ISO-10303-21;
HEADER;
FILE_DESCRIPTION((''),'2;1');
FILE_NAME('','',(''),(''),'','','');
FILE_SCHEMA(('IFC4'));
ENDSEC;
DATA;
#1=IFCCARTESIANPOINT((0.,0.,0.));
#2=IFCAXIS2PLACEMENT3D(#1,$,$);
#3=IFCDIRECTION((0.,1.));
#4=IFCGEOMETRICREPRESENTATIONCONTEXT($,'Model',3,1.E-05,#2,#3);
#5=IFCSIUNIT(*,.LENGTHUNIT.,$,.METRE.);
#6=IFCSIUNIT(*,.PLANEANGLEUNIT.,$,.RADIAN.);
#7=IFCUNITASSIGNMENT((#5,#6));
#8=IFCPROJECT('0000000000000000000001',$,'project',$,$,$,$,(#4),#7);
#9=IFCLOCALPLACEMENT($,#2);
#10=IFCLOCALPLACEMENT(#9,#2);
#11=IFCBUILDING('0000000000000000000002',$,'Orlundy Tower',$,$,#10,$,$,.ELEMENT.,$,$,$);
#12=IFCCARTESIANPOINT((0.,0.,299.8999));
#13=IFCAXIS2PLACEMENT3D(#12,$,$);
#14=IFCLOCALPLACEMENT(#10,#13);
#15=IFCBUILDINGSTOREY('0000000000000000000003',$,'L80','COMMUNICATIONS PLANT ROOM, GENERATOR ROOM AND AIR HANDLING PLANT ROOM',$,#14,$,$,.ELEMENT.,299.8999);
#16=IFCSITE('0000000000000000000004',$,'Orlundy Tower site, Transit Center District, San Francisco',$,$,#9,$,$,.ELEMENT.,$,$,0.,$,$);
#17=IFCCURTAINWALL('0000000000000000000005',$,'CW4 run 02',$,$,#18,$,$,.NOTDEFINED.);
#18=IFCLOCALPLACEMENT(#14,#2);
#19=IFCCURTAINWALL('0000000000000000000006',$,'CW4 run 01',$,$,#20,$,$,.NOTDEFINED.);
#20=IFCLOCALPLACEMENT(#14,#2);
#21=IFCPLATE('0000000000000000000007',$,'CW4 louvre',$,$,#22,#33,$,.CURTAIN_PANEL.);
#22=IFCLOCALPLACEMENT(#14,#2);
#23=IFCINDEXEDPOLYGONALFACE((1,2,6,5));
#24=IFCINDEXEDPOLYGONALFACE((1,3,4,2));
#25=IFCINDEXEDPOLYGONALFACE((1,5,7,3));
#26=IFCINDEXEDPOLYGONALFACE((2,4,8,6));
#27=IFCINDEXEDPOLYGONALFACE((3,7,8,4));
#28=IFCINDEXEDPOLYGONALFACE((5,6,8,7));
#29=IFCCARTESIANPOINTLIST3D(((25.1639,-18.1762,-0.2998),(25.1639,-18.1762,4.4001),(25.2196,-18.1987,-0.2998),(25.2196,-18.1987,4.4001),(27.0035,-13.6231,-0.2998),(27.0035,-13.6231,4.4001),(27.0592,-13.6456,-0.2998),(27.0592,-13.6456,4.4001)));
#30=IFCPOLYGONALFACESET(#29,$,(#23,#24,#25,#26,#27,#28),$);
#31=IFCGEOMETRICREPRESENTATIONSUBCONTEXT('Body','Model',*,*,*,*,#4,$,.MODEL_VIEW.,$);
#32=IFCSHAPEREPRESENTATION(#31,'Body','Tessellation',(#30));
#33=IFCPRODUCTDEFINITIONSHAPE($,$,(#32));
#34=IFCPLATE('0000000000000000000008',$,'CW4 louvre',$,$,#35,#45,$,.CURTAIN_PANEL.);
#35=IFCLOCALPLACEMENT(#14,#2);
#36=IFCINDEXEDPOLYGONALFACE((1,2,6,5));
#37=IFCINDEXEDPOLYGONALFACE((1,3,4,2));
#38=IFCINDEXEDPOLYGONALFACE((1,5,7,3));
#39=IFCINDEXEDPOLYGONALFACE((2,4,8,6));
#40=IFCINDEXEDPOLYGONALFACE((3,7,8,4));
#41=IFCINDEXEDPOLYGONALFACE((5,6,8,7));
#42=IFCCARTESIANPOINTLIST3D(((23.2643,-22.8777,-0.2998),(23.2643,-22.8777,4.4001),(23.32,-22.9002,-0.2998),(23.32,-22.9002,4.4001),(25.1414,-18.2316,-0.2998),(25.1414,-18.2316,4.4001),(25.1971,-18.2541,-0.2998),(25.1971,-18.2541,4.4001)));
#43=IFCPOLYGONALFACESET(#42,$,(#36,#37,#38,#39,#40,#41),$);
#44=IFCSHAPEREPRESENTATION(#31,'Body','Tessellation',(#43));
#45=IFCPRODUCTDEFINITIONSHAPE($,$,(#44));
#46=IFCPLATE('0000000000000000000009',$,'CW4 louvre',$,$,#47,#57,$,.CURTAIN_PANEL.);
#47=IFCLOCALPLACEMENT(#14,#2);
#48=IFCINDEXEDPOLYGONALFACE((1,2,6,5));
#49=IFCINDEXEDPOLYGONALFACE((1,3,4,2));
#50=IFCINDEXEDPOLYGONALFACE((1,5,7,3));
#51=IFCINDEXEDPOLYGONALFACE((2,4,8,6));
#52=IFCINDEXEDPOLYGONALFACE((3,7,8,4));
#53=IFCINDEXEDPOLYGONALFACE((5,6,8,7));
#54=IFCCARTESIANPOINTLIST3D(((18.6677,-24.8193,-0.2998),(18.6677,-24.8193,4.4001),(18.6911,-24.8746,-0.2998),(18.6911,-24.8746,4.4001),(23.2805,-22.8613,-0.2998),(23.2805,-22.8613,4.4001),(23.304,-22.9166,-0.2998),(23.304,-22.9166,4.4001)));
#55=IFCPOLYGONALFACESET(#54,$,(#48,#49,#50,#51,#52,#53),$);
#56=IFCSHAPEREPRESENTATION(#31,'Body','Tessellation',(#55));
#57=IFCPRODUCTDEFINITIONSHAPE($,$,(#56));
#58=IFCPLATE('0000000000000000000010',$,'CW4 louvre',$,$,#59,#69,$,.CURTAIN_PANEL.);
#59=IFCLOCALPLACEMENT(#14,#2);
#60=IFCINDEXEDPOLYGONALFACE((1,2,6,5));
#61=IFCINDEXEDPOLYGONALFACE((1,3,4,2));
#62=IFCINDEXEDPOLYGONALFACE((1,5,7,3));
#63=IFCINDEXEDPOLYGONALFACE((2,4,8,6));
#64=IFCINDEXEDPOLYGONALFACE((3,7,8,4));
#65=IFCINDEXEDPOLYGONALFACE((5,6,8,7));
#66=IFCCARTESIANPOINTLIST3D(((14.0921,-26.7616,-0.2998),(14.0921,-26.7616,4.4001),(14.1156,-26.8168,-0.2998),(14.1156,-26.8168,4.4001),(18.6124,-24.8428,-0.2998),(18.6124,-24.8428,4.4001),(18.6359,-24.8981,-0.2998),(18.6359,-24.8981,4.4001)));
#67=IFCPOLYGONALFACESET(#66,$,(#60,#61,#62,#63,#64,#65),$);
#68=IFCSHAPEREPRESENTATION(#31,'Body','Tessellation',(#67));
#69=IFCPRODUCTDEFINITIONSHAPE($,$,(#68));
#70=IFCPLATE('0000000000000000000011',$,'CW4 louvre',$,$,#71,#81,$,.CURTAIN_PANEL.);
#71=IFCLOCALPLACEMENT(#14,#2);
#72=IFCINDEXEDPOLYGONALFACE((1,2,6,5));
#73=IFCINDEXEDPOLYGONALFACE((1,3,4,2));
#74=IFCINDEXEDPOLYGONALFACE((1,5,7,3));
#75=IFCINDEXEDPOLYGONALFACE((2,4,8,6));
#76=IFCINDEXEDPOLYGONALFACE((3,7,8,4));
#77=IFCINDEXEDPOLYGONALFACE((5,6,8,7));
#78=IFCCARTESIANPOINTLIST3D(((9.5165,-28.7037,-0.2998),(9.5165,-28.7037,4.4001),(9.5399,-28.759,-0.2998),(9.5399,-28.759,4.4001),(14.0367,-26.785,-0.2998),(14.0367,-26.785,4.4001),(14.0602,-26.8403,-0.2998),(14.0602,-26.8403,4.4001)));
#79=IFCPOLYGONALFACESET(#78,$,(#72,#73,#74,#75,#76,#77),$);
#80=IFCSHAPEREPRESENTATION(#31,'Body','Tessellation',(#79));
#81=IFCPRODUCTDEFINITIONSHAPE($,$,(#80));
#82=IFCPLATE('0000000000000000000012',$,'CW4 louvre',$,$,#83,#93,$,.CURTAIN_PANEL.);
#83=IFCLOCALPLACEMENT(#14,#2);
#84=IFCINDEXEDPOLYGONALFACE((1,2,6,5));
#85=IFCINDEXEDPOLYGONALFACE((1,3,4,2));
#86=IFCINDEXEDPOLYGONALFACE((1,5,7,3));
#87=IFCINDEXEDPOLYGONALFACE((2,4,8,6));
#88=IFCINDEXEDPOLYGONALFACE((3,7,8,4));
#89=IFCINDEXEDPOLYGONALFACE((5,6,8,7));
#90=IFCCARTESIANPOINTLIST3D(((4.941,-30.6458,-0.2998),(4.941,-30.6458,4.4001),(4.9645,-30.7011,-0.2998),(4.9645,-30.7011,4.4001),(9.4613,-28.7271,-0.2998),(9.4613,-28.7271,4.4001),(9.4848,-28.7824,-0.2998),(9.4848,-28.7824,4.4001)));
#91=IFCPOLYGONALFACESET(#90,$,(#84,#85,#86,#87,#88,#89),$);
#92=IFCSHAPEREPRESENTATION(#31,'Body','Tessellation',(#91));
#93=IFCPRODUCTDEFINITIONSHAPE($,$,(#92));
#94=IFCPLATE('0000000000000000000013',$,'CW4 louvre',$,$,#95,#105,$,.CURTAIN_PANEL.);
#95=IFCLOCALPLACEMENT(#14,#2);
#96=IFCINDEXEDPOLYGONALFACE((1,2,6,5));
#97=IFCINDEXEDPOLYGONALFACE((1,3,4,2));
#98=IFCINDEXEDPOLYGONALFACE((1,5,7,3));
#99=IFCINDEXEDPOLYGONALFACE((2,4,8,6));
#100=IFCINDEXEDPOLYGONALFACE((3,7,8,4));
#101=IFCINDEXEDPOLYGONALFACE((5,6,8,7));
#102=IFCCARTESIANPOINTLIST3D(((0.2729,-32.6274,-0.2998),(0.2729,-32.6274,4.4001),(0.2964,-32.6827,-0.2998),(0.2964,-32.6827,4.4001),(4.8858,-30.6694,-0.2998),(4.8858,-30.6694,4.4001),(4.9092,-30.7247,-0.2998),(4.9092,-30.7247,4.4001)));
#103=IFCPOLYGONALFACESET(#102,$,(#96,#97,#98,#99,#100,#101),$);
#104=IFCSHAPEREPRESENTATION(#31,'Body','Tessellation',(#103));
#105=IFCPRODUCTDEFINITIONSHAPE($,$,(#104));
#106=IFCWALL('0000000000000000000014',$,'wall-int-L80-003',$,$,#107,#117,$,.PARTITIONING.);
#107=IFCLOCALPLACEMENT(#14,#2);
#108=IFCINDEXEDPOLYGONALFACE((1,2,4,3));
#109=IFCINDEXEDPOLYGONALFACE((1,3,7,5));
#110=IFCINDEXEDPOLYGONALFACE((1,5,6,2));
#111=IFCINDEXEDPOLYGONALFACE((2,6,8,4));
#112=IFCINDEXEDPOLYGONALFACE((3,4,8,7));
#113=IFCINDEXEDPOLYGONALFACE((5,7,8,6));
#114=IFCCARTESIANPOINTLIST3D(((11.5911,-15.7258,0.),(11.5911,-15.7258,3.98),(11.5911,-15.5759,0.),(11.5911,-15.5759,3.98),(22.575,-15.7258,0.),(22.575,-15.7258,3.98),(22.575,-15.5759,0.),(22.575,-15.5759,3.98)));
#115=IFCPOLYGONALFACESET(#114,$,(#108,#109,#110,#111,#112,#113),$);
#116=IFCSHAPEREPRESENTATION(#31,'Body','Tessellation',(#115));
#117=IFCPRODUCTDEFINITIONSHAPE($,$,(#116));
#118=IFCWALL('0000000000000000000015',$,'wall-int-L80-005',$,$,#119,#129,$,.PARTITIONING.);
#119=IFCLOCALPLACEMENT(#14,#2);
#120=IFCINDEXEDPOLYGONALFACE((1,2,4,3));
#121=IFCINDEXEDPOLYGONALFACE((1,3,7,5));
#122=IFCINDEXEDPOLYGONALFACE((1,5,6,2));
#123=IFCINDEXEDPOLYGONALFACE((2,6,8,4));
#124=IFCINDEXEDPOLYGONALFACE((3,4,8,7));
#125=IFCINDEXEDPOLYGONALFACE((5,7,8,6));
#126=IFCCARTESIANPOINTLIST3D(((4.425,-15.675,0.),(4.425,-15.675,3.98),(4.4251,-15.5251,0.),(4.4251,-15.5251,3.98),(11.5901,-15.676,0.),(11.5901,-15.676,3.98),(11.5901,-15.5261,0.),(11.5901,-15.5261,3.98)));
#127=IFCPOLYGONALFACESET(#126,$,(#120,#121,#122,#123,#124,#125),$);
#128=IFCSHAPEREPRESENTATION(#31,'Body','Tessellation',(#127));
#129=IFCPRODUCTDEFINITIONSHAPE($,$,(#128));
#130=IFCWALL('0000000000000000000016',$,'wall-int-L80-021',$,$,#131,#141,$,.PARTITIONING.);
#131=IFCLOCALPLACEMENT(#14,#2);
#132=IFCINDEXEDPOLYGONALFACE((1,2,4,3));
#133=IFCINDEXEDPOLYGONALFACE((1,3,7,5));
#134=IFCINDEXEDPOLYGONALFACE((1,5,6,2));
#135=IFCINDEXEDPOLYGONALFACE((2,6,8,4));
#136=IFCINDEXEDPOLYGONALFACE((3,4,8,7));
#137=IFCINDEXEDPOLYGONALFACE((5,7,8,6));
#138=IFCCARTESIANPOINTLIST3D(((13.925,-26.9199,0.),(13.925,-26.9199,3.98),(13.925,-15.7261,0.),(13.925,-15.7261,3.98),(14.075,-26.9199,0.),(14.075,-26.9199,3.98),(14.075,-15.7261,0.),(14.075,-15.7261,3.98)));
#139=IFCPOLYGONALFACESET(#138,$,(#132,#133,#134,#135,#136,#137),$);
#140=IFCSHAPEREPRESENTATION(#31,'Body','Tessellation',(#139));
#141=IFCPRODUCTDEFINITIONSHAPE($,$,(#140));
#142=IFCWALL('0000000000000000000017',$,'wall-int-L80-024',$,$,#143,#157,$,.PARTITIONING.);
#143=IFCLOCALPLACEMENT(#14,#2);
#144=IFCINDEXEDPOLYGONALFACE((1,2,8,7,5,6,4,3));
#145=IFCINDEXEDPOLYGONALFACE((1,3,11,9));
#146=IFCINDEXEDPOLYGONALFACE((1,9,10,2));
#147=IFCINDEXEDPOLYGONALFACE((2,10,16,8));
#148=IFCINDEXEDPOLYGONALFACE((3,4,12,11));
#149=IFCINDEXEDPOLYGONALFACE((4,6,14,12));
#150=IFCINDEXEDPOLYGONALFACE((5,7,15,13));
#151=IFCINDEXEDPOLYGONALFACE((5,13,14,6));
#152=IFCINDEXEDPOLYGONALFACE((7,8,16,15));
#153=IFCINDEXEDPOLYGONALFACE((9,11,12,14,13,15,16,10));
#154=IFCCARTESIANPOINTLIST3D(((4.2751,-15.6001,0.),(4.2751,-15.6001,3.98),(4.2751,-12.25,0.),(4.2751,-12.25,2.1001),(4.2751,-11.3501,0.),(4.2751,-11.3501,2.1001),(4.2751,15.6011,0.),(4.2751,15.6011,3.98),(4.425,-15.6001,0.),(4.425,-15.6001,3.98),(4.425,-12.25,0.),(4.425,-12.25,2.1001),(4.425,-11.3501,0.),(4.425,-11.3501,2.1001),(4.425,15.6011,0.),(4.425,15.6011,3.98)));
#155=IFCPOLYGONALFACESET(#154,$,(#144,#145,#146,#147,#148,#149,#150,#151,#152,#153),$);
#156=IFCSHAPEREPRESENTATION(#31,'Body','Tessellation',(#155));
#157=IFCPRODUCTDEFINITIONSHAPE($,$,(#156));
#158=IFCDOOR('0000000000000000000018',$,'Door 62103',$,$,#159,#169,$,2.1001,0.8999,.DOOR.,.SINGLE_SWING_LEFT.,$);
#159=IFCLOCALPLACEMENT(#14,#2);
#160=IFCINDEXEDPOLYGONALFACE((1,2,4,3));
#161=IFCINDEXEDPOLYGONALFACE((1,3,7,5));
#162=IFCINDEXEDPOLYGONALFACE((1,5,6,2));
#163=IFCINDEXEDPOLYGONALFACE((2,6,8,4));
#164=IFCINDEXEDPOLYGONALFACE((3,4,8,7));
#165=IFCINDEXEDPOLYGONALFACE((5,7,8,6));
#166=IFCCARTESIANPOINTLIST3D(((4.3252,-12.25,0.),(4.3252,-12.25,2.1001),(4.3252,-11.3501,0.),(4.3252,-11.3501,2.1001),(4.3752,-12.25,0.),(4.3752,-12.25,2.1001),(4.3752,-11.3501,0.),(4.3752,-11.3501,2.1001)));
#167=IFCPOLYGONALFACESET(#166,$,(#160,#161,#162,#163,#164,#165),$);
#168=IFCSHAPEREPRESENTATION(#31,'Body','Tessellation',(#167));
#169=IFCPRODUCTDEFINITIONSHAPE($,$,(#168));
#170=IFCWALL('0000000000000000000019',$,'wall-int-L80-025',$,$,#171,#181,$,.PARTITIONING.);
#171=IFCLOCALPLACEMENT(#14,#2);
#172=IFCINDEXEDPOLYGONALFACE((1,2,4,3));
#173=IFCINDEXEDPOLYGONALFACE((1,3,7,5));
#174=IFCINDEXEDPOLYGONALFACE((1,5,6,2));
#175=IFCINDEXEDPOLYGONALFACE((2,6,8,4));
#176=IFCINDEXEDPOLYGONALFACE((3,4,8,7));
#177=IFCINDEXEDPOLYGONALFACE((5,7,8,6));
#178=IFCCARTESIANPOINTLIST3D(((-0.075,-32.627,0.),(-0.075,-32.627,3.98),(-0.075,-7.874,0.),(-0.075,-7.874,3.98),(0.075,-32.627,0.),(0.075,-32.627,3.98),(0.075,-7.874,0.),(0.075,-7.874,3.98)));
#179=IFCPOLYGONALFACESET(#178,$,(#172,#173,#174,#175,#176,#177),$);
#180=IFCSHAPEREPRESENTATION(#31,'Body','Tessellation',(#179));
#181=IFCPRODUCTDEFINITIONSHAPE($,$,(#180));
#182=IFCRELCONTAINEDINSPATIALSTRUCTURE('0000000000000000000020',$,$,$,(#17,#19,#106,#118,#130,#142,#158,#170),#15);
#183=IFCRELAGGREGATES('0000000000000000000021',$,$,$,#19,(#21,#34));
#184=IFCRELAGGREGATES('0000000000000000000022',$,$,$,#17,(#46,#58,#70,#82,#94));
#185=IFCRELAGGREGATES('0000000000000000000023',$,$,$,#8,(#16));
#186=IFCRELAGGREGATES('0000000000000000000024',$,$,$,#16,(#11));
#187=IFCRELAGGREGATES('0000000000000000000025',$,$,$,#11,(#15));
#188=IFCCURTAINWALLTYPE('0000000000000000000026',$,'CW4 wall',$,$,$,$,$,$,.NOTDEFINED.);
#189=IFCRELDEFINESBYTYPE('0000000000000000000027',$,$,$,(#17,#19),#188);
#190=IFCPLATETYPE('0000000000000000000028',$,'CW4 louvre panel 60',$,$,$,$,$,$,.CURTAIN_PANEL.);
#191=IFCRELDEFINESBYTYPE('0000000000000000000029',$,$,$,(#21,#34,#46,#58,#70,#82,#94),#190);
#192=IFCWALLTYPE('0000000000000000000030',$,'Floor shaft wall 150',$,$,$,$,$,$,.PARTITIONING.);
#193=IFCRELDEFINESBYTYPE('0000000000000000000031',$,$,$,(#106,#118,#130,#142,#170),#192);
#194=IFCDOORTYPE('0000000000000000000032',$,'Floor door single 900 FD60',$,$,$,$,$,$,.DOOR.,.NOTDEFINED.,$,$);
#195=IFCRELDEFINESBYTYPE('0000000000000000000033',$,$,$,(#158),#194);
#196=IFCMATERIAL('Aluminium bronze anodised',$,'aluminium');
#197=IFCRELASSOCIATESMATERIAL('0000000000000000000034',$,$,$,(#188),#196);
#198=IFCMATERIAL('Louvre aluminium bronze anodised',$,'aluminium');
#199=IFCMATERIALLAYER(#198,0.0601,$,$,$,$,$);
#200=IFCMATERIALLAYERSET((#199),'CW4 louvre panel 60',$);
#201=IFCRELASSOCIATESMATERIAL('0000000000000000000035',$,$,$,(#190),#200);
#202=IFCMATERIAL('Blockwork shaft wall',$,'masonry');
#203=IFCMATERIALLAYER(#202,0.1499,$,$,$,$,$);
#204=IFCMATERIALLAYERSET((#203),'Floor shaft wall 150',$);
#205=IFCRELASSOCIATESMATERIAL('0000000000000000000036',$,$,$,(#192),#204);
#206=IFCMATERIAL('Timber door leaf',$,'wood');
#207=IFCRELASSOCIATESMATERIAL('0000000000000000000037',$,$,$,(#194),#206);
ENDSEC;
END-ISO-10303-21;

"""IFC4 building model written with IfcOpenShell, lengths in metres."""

from ifc_helpers import new_model, si_unit, direction, frame, frame_2d, origin, origin_2d, place, context, subcontext, project, spatial, rectangle, extrude, material, layer, layer_set, type_object, element, fill, aggregate, save


model = new_model("IFC4")

# Units and contexts
model_context = context("Model", 3, precision=1e-05, world=origin(), true_north=direction((0.0, 1.0)))
body_context = subcontext(model_context, "Body", "Model", "MODEL_VIEW")
ifc_project = project(units=[si_unit("LENGTHUNIT", "METRE"), si_unit("PLANEANGLEUNIT", "RADIAN")], contexts=[model_context])

# Site, building, storey
site_placement = place(None, origin())
site = spatial("IfcSite", under=ifc_project, at=site_placement, Name="Orlundy Tower site, Transit Center District, San Francisco", CompositionType="ELEMENT", RefElevation=0.0)
building_placement = place(site_placement, origin())
building = spatial("IfcBuilding", under=site, at=building_placement, Name="Orlundy Tower", CompositionType="ELEMENT")
storey_placement = place(building_placement, frame((0.0, 0.0, 299.8999)))
storey = spatial("IfcBuildingStorey", under=building, at=storey_placement, Name="L80", Description="COMMUNICATIONS PLANT ROOM, GENERATOR ROOM AND AIR HANDLING PLANT ROOM", CompositionType="ELEMENT", Elevation=299.8999)

# Curtain walls
ifc_material_1 = material(Name="Aluminium bronze anodised", Category="aluminium")
curtain_wall_type = type_object("IfcCurtainWallType", Name="CW4 wall", PredefinedType="NOTDEFINED", material=ifc_material_1)
curtain_wall_1_placement = place(storey_placement, origin())
curtain_wall_1 = element("IfcCurtainWall", 1, at=curtain_wall_1_placement, inside=storey, type_object=curtain_wall_type, Name="CW4 run 02", PredefinedType="NOTDEFINED")
curtain_wall_2_placement = place(storey_placement, origin())
curtain_wall_2 = element("IfcCurtainWall", 2, at=curtain_wall_2_placement, inside=storey, type_object=curtain_wall_type, Name="CW4 run 01", PredefinedType="NOTDEFINED")

# Plates
ifc_material_2 = material(Name="Louvre aluminium bronze anodised", Category="aluminium")
ifc_layer_1 = layer(ifc_material_2, 0.0601)
ifc_layer_set_1 = layer_set([ifc_layer_1], Name="CW4 louvre panel 60")
plate_type = type_object("IfcPlateType", Name="CW4 louvre panel 60", PredefinedType="CURTAIN_PANEL", material=ifc_layer_set_1)
plate_1_placement = place(storey_placement, frame((26.1116, -15.9109, -0.2998), z_axis=(0.0, 0.0, 1.0), x_axis=(-0.374607, -0.927184, 0.0)))
plate_1 = element("IfcPlate", 3, at=plate_1_placement, type_object=plate_type, Name="CW4 louvre", PredefinedType="CURTAIN_PANEL", context=body_context, shape_type="SweptSolid", body=[
    extrude(rectangle(XDim=4.9106, YDim=0.0601, at=origin_2d()), origin(), (0.0, 0.0, 1.0), 4.7),
])
plate_2_placement = place(storey_placement, frame((24.2307, -20.5659, -0.2998), z_axis=(0.0, 0.0, 1.0), x_axis=(-0.374607, -0.927184, 0.0)))
plate_2 = element("IfcPlate", 4, at=plate_2_placement, type_object=plate_type, Name="CW4 louvre", PredefinedType="CURTAIN_PANEL", context=body_context, shape_type="SweptSolid", body=[
    extrude(rectangle(XDim=5.011, YDim=0.0601, at=origin_2d()), origin(), (0.0, 0.0, 1.0), 4.7),
])
aggregate(curtain_wall_2, [plate_1, plate_2])
plate_3_placement = place(storey_placement, frame((20.9858, -23.8679, -0.2998), z_axis=(0.0, 0.0, 1.0), x_axis=(-0.920507, -0.390727, 0.0)))
plate_3 = element("IfcPlate", 5, at=plate_3_placement, type_object=plate_type, Name="CW4 louvre", PredefinedType="CURTAIN_PANEL", context=body_context, shape_type="SweptSolid", body=[
    extrude(rectangle(XDim=5.0112, YDim=0.0601, at=origin_2d()), origin(), (0.0, 0.0, 1.0), 4.7),
])
plate_4_placement = place(storey_placement, frame((16.364, -25.8298, -0.2998), z_axis=(0.0, 0.0, 1.0), x_axis=(-0.920507, -0.390727, 0.0)))
plate_4 = element("IfcPlate", 6, at=plate_4_placement, type_object=plate_type, Name="CW4 louvre", PredefinedType="CURTAIN_PANEL", context=body_context, shape_type="SweptSolid", body=[
    extrude(rectangle(XDim=4.9106, YDim=0.0601, at=origin_2d()), origin(), (0.0, 0.0, 1.0), 4.7),
])
plate_5_placement = place(storey_placement, frame((11.7883, -27.772, -0.2998), z_axis=(0.0, 0.0, 1.0), x_axis=(-0.920507, -0.390727, 0.0)))
plate_5 = element("IfcPlate", 7, at=plate_5_placement, type_object=plate_type, Name="CW4 louvre", PredefinedType="CURTAIN_PANEL", context=body_context, shape_type="SweptSolid", body=[
    extrude(rectangle(XDim=4.9106, YDim=0.0601, at=origin_2d()), origin(), (0.0, 0.0, 1.0), 4.7),
])
plate_6_placement = place(storey_placement, frame((7.2129, -29.7141, -0.2998), z_axis=(0.0, 0.0, 1.0), x_axis=(-0.920507, -0.390727, 0.0)))
plate_6 = element("IfcPlate", 8, at=plate_6_placement, type_object=plate_type, Name="CW4 louvre", PredefinedType="CURTAIN_PANEL", context=body_context, shape_type="SweptSolid", body=[
    extrude(rectangle(XDim=4.9106, YDim=0.0601, at=origin_2d()), origin(), (0.0, 0.0, 1.0), 4.7),
])
plate_7_placement = place(storey_placement, frame((2.5911, -31.676, -0.2998), z_axis=(0.0, 0.0, 1.0), x_axis=(-0.920507, -0.390727, 0.0)))
plate_7 = element("IfcPlate", 9, at=plate_7_placement, type_object=plate_type, Name="CW4 louvre", PredefinedType="CURTAIN_PANEL", context=body_context, shape_type="SweptSolid", body=[
    extrude(rectangle(XDim=5.0112, YDim=0.0601, at=origin_2d()), origin(), (0.0, 0.0, 1.0), 4.7),
])
aggregate(curtain_wall_1, [plate_3, plate_4, plate_5, plate_6, plate_7])

# Walls
ifc_material_3 = material(Name="Blockwork shaft wall", Category="masonry")
ifc_layer_2 = layer(ifc_material_3, 0.1499)
ifc_layer_set_2 = layer_set([ifc_layer_2], Name="Floor shaft wall 150")
wall_type = type_object("IfcWallType", Name="Floor shaft wall 150", PredefinedType="PARTITIONING", material=ifc_layer_set_2)
wall_1_placement = place(storey_placement, frame((11.5911, -15.6509, 0.0), z_axis=(0.0, 0.0, 1.0), x_axis=(1.0, 0.0, 0.0)))
element("IfcWall", 10, at=wall_1_placement, inside=storey, type_object=wall_type, Name="wall-int-L80-003", PredefinedType="PARTITIONING", context=body_context, shape_type="SweptSolid", body=[
    extrude(rectangle(XDim=10.9839, YDim=0.1499, at=frame_2d((5.4919, 0.0))), origin(), (0.0, 0.0, 1.0), 3.98),
])
wall_2_placement = place(storey_placement, frame((4.425, -15.6001, 0.0), z_axis=(0.0, 0.0, 1.0), x_axis=(1.0, -0.000136, 0.0)))
element("IfcWall", 11, at=wall_2_placement, inside=storey, type_object=wall_type, Name="wall-int-L80-005", PredefinedType="PARTITIONING", context=body_context, shape_type="SweptSolid", body=[
    extrude(rectangle(XDim=7.165, YDim=0.1499, at=frame_2d((3.5825, 0.0))), origin(), (0.0, 0.0, 1.0), 3.98),
])
wall_3_placement = place(storey_placement, frame((14.0, -26.9199, 0.0), z_axis=(0.0, 0.0, 1.0), x_axis=(0.0, 1.0, 0.0)))
element("IfcWall", 12, at=wall_3_placement, inside=storey, type_object=wall_type, Name="wall-int-L80-021", PredefinedType="PARTITIONING", context=body_context, shape_type="SweptSolid", body=[
    extrude(rectangle(XDim=11.1938, YDim=0.1499, at=frame_2d((5.5969, 0.0))), origin(), (0.0, 0.0, 1.0), 3.98),
])

# Wall, opening, door
wall_4_placement = place(storey_placement, frame((4.3501, -15.6001, 0.0), z_axis=(0.0, 0.0, 1.0), x_axis=(0.0, 1.0, 0.0)))
wall_4 = element("IfcWall", 13, at=wall_4_placement, inside=storey, type_object=wall_type, Name="wall-int-L80-024", PredefinedType="PARTITIONING", context=body_context, shape_type="SweptSolid", body=[
    extrude(rectangle(XDim=31.2012, YDim=0.1499, at=frame_2d((15.6006, 0.0))), origin(), (0.0, 0.0, 1.0), 3.98),
])
opening_placement = place(wall_4_placement, frame((3.3501, 0.0, 0.0)))
opening = element("IfcOpeningElement", 14, at=opening_placement, cuts=wall_4, PredefinedType="OPENING", context=body_context, shape_type="SweptSolid", body=[
    extrude(rectangle(XDim=0.8999, YDim=2.1001, at=frame_2d((0.45, 1.05))), frame((0.0, 0.085, 0.0), z_axis=(0.0, -1.0, 0.0), x_axis=(1.0, 0.0, 0.0)), (0.0, 0.0, 1.0), 0.1699),
])
ifc_material_4 = material(Name="Timber door leaf", Category="wood")
door_type = type_object("IfcDoorType", Name="Floor door single 900 FD60", OperationType="NOTDEFINED", PredefinedType="DOOR", material=ifc_material_4)
door_placement = place(opening_placement, origin())
door = element("IfcDoor", 15, at=door_placement, inside=storey, type_object=door_type, Name="Door 62103", OperationType="SINGLE_SWING_LEFT", OverallHeight=2.1001, OverallWidth=0.8999, PredefinedType="DOOR", context=body_context, shape_type="SweptSolid", body=[
    extrude(rectangle(XDim=0.8999, YDim=2.1001, at=frame_2d((0.45, 1.05))), frame((0.0, 0.0249, 0.0), z_axis=(0.0, -1.0, 0.0), x_axis=(1.0, 0.0, 0.0)), (0.0, 0.0, 1.0), 0.05),
])
fill(opening, door)

# Wall
wall_5_placement = place(storey_placement, frame((0.0, -32.627, 0.0), z_axis=(0.0, 0.0, 1.0), x_axis=(0.0, 1.0, 0.0)))
element("IfcWall", 16, at=wall_5_placement, inside=storey, type_object=wall_type, Name="wall-int-L80-025", PredefinedType="PARTITIONING", context=body_context, shape_type="SweptSolid", body=[
    extrude(rectangle(XDim=24.7529, YDim=0.1499, at=frame_2d((12.3765, 0.0))), origin(), (0.0, 0.0, 1.0), 3.98),
])

save(model, "model.ifc")
